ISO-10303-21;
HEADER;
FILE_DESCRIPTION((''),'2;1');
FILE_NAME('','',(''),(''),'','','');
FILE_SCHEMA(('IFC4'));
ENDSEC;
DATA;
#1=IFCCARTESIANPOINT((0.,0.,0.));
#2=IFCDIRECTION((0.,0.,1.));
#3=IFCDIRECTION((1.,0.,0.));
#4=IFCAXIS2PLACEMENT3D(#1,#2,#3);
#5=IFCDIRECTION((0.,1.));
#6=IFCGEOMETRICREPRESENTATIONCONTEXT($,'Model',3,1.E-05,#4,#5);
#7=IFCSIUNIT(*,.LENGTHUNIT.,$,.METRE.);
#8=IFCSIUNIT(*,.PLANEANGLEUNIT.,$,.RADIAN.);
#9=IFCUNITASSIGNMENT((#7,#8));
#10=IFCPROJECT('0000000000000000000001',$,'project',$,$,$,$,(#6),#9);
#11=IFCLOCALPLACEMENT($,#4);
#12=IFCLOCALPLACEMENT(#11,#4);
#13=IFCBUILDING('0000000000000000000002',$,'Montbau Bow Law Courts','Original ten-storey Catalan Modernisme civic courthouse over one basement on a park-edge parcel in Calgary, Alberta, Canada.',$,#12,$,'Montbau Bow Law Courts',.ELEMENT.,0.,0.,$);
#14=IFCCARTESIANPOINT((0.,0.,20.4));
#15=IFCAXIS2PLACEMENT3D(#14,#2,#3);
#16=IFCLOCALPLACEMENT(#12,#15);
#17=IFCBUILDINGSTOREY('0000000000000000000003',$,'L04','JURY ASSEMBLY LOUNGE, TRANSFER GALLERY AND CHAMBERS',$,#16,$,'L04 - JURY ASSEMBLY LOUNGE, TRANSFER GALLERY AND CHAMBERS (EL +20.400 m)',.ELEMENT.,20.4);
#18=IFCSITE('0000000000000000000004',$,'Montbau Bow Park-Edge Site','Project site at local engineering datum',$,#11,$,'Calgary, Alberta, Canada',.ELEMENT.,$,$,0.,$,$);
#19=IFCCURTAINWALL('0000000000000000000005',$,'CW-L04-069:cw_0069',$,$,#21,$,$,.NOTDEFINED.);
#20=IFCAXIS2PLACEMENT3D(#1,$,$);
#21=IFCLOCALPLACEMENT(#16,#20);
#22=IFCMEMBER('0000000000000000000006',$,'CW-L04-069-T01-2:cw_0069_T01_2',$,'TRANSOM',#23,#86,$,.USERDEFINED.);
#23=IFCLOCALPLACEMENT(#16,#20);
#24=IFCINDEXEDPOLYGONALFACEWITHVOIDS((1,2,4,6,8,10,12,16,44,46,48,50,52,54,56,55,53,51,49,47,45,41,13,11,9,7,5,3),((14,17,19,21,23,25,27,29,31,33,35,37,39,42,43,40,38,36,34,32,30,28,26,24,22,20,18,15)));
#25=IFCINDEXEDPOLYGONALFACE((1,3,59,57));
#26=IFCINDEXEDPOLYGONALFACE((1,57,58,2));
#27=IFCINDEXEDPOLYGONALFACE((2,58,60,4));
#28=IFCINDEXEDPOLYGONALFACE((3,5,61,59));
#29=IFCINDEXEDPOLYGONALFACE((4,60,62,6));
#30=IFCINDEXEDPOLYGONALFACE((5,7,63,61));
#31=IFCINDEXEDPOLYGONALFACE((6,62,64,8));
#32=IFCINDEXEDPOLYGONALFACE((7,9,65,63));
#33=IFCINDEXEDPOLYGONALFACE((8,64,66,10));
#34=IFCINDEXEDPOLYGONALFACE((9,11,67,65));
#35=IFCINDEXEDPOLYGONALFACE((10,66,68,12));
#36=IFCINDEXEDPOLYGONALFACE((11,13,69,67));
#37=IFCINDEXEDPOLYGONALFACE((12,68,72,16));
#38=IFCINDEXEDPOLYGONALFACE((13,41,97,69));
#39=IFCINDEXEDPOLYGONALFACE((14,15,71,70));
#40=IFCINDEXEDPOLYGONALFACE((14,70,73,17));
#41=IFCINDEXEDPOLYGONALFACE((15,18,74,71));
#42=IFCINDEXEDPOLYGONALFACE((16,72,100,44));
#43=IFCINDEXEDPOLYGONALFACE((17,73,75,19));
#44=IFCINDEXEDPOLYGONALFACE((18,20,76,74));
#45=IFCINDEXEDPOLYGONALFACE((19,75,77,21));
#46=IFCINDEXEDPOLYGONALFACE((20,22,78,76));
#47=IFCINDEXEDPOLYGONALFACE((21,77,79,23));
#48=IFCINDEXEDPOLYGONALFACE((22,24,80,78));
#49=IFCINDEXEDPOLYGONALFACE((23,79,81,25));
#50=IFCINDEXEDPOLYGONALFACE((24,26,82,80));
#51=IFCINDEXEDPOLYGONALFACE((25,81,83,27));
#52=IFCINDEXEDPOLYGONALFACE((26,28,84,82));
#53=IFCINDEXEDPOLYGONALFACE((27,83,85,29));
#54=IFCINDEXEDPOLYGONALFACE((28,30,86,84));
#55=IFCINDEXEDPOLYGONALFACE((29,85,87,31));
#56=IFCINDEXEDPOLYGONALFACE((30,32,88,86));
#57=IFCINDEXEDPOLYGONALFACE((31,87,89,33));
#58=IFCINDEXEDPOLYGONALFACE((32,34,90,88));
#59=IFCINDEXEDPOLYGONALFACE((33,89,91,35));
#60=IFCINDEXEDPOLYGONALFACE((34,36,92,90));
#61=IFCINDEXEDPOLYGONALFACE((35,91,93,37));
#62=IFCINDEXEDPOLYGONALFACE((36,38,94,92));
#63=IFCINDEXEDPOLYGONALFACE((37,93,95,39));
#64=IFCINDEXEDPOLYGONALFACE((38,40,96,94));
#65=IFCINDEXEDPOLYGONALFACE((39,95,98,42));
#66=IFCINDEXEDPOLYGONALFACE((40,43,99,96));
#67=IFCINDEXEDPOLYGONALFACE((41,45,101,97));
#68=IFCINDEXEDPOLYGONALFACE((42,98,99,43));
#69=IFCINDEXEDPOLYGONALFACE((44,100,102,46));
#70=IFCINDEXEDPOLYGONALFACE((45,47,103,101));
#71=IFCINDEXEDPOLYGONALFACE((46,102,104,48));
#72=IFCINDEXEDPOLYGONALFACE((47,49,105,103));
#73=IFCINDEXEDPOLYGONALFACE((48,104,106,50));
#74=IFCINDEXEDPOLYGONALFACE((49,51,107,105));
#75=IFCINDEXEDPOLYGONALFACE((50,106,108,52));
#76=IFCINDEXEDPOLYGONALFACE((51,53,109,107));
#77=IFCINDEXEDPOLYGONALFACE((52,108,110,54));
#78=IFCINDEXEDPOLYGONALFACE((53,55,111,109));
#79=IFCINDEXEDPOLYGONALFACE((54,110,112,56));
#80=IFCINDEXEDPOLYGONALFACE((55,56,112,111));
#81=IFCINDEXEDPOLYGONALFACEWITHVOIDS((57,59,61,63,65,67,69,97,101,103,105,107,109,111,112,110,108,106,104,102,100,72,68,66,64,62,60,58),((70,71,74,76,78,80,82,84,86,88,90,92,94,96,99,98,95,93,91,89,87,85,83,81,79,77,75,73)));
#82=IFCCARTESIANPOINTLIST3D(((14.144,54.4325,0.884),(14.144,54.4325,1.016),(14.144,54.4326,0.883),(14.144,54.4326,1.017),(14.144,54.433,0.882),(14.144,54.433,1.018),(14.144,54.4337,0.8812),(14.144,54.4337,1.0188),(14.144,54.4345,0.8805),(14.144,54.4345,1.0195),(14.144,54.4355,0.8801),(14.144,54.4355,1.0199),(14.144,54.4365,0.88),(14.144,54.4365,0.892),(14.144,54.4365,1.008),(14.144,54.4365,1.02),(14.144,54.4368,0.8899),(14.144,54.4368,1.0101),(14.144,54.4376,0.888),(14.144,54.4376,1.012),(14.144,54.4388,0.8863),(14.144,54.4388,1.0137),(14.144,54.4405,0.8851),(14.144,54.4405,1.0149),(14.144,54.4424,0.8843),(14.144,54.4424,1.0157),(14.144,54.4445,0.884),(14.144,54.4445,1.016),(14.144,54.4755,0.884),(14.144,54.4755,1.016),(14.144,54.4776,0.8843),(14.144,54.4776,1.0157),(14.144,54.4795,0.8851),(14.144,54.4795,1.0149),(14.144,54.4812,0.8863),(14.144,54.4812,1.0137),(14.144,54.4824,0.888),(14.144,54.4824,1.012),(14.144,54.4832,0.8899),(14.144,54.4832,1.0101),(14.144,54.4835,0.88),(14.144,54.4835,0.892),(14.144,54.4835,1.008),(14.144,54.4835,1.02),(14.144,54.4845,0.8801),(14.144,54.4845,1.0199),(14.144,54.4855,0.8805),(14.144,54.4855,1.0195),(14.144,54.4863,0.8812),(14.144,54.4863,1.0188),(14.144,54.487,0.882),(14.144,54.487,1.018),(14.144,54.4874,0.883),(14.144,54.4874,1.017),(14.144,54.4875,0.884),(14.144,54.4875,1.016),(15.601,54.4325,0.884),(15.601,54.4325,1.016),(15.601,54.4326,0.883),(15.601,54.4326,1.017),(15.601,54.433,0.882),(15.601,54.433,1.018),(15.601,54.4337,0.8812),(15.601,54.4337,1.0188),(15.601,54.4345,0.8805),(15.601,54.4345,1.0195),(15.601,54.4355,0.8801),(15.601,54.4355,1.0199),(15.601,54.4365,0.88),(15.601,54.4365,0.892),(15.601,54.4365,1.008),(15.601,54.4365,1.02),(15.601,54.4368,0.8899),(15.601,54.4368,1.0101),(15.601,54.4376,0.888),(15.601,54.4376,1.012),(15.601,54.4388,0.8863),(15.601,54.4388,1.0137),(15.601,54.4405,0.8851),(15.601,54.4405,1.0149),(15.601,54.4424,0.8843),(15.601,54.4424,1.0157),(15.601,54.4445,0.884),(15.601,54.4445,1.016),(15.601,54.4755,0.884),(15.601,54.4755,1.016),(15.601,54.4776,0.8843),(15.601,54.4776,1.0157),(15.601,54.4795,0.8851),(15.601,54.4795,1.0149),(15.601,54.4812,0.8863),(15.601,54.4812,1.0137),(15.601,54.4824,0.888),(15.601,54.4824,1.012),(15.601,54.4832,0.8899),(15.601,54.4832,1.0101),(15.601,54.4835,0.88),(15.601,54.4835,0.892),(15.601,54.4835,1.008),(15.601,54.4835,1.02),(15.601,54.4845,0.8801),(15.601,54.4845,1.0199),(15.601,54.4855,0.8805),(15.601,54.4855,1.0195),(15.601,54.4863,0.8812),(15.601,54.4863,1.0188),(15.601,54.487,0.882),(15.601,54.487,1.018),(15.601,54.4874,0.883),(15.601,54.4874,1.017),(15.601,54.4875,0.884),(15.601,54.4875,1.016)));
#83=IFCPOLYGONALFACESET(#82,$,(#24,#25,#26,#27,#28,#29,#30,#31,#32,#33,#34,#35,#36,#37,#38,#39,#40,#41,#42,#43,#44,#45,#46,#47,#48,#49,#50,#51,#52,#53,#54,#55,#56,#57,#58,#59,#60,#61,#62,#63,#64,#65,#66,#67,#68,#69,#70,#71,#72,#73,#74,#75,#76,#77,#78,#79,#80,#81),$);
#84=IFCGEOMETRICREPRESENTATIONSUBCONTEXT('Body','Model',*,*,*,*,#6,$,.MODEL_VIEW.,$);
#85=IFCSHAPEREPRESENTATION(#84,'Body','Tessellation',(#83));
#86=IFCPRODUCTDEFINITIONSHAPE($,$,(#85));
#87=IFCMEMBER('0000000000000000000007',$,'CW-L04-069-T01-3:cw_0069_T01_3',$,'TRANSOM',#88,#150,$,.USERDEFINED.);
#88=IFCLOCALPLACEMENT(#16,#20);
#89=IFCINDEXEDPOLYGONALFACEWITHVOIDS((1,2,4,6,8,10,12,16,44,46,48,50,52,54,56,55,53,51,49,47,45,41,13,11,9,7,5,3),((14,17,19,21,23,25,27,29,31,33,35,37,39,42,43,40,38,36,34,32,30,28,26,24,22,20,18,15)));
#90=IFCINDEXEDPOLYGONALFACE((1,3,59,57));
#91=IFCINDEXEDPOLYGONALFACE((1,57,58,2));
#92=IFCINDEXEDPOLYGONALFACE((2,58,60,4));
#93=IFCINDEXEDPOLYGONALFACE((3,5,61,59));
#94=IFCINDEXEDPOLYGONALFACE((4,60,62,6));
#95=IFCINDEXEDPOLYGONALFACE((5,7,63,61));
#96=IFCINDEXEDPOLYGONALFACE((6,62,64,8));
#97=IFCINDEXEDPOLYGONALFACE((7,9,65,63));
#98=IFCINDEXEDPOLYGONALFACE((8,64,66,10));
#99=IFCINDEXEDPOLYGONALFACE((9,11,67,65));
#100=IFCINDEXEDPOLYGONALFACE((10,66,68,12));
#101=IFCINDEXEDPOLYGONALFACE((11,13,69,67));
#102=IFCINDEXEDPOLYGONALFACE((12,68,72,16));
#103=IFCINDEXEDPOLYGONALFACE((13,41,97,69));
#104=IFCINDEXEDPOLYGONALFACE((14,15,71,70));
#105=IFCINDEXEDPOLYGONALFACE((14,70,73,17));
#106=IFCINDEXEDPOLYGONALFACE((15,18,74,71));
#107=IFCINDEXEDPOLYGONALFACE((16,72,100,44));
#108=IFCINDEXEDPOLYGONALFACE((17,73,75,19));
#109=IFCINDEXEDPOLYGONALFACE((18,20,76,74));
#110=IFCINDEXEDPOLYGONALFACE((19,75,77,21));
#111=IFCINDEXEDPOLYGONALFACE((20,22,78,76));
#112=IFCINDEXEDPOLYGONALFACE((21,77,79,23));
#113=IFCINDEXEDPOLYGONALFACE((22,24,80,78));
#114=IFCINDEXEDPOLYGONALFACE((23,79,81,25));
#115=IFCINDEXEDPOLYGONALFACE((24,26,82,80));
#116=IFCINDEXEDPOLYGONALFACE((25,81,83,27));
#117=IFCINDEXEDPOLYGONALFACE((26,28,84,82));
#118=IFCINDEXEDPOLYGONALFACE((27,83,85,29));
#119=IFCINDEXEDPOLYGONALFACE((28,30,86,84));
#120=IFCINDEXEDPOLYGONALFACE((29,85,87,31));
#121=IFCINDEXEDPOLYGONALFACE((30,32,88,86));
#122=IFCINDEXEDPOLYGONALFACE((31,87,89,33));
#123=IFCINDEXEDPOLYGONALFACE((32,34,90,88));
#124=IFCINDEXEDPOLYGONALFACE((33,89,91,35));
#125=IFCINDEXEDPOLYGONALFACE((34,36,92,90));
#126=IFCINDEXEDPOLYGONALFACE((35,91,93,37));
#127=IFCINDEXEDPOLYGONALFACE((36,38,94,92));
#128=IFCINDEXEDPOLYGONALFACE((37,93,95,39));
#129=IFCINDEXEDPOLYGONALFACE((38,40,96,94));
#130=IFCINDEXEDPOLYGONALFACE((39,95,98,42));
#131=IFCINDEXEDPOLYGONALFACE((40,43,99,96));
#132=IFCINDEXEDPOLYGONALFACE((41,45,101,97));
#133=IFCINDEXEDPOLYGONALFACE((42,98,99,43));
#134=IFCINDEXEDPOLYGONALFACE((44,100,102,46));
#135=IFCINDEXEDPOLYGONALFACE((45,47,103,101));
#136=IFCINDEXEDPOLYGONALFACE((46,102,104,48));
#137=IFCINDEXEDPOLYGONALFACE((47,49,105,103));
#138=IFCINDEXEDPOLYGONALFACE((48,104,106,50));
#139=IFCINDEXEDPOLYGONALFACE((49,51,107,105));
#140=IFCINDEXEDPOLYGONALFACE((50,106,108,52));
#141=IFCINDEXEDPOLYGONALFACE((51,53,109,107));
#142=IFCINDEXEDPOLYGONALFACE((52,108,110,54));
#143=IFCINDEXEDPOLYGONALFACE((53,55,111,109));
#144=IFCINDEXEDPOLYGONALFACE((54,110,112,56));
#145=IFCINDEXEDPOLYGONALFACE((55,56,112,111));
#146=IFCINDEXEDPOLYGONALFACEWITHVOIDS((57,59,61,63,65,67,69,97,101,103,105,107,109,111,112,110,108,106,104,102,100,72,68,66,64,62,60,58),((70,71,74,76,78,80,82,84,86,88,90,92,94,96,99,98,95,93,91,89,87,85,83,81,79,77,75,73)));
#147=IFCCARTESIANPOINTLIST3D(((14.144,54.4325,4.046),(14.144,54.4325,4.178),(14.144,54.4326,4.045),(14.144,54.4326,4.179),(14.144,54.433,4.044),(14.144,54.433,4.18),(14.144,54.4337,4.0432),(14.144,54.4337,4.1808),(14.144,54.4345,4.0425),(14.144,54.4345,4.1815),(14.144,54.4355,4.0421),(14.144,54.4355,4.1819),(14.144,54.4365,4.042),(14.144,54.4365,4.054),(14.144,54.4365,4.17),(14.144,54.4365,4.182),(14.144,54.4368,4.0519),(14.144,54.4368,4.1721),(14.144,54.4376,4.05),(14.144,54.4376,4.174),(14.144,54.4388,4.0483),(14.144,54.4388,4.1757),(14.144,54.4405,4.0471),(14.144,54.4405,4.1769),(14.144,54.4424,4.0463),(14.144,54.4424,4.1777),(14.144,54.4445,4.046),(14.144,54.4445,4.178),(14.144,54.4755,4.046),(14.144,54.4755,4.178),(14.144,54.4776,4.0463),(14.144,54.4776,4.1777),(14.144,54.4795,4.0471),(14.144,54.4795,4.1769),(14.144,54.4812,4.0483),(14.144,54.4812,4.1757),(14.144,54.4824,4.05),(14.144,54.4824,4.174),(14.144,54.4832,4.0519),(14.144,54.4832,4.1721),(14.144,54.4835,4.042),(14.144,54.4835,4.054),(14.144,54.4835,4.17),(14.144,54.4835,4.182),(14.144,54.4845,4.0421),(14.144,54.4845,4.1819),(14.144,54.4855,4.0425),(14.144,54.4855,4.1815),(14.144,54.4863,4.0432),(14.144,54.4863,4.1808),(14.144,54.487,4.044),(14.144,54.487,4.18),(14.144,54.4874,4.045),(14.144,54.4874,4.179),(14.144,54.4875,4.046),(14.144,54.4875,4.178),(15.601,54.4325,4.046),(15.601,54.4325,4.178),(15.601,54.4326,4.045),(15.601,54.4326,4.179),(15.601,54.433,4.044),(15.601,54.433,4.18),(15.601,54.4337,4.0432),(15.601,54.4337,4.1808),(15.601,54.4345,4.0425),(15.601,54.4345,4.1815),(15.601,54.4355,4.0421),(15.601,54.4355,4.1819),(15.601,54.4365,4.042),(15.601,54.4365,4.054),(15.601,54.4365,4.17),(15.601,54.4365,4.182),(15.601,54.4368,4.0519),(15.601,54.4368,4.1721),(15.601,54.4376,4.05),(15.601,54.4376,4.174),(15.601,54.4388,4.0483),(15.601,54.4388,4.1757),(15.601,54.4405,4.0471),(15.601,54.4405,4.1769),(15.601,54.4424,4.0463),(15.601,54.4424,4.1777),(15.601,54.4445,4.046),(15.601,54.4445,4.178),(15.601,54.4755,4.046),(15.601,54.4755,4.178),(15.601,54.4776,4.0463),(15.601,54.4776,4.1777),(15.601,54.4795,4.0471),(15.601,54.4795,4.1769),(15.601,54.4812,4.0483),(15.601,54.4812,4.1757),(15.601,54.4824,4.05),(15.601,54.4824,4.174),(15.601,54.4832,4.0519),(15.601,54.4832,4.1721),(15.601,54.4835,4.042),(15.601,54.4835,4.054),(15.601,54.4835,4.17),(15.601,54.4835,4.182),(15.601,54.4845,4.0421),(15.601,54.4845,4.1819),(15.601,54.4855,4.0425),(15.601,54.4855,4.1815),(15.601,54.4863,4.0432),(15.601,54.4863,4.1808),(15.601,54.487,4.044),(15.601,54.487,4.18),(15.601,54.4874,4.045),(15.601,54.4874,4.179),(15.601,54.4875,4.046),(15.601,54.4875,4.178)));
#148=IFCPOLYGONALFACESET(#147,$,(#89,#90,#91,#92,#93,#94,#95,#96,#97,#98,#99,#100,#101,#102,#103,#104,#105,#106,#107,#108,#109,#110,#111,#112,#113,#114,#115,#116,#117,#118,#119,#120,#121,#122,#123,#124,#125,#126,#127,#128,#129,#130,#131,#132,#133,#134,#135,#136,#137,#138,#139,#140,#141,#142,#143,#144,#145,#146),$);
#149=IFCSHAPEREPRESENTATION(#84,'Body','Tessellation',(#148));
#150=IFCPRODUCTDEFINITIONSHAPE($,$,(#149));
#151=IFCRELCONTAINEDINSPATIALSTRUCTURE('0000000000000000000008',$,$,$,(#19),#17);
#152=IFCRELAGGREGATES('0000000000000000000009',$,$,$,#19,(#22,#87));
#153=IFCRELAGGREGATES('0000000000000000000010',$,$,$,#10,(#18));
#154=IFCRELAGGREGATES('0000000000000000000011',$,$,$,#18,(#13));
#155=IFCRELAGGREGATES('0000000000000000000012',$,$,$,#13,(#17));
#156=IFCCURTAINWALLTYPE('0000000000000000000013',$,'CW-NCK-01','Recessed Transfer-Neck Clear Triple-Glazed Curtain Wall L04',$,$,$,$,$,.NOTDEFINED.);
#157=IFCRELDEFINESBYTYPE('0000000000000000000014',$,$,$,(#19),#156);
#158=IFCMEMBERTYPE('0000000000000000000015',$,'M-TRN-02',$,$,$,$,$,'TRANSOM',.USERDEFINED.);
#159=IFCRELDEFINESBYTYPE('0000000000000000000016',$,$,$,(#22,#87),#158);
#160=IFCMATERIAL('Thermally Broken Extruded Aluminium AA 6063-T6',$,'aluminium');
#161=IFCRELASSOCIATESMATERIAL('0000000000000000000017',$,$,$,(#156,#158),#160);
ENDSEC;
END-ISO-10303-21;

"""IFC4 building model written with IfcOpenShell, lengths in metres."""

from ifc_helpers import new_model, si_unit, direction, frame, origin_with_axes, origin_2d_with_axis, place, context, subcontext, project, spatial, hollow_rectangle, extrude, material, material_profile, profile_set, type_object, element, aggregate, save


model = new_model("IFC4")

# Units and contexts
model_context = context("Model", 3, precision=1e-05, world=origin_with_axes(), true_north=direction((0.0, 1.0)))
body_context = subcontext(model_context, "Body", "Model", "MODEL_VIEW")
ifc_project = project(units=[si_unit("LENGTHUNIT", "METRE"), si_unit("PLANEANGLEUNIT", "RADIAN")], contexts=[model_context])

# Site, building, storey
site_placement = place(None, origin_with_axes())
site = spatial("IfcSite", under=ifc_project, at=site_placement, Name="Montbau Bow Park-Edge Site", Description="Project site at local engineering datum", LongName="Calgary, Alberta, Canada", CompositionType="ELEMENT", RefElevation=0.0)
building_placement = place(site_placement, origin_with_axes())
building = spatial("IfcBuilding", under=site, at=building_placement, Name="Montbau Bow Law Courts", Description="Original ten-storey Catalan Modernisme civic courthouse over one basement on a park-edge parcel in Calgary, Alberta, Canada.", LongName="Montbau Bow Law Courts", CompositionType="ELEMENT", ElevationOfRefHeight=0.0, ElevationOfTerrain=0.0)
storey_placement = place(building_placement, frame((0.0, 0.0, 20.4), z_axis=(0.0, 0.0, 1.0), x_axis=(1.0, 0.0, 0.0)))
storey = spatial("IfcBuildingStorey", under=building, at=storey_placement, Name="L04", Description="JURY ASSEMBLY LOUNGE, TRANSFER GALLERY AND CHAMBERS", LongName="L04 - JURY ASSEMBLY LOUNGE, TRANSFER GALLERY AND CHAMBERS (EL +20.400 m)", CompositionType="ELEMENT", Elevation=20.4)

# Curtain wall
ifc_material_1 = material(Name="Thermally Broken Extruded Aluminium AA 6063-T6", Category="aluminium")
curtain_wall_type = type_object("IfcCurtainWallType", Name="CW-NCK-01", Description="Recessed Transfer-Neck Clear Triple-Glazed Curtain Wall L04", PredefinedType="NOTDEFINED", material=ifc_material_1)
curtain_wall_1_placement = place(None, frame((14.068, 54.46, 20.4), z_axis=(0.0, 0.0, 1.0), x_axis=(1.0, 0.0, 0.0)))
curtain_wall_1 = element("IfcCurtainWall", 1, at=curtain_wall_1_placement, inside=storey, type_object=curtain_wall_type, Name="CW-L04-069:cw_0069", PredefinedType="NOTDEFINED")

# Members
ifc_material_profile_1 = material_profile(ifc_material_1, hollow_rectangle(XDim=0.055, YDim=0.14, WallThickness=0.004, InnerFilletRadius=0.008, OuterFilletRadius=0.004, at=origin_2d_with_axis()), Name="CWT-140X55", Category="Main", Priority=0)
ifc_profile_set_1 = profile_set([ifc_material_profile_1], Name="Thermally Broken Extruded Aluminium AA 6063-T6")
member_type_1 = type_object("IfcMemberType", Name="M-TRN-02", ElementType="TRANSOM", PredefinedType="USERDEFINED", material=ifc_profile_set_1)
member_1_placement = place(None, frame((14.144, 54.46, 21.35), z_axis=(1.0, 0.0, 0.0), x_axis=(0.0, 1.0, 0.0)))
member_1 = element("IfcMember", 2, at=member_1_placement, type_object=member_type_1, Name="CW-L04-069-T01-2:cw_0069_T01_2", ObjectType="TRANSOM", PredefinedType="USERDEFINED", context=body_context, shape_type="SweptSolid", body=[
    extrude(hollow_rectangle(XDim=0.055, YDim=0.14, WallThickness=0.004, InnerFilletRadius=0.008, OuterFilletRadius=0.004, at=origin_2d_with_axis()), origin_with_axes(), (0.0, 0.0, 1.0), 1.457),
])
member_2_placement = place(None, frame((14.144, 54.46, 24.512), z_axis=(1.0, 0.0, 0.0), x_axis=(0.0, 1.0, 0.0)))
member_2 = element("IfcMember", 3, at=member_2_placement, type_object=member_type_1, Name="CW-L04-069-T01-3:cw_0069_T01_3", ObjectType="TRANSOM", PredefinedType="USERDEFINED", context=body_context, shape_type="SweptSolid", body=[
    extrude(hollow_rectangle(XDim=0.055, YDim=0.14, WallThickness=0.004, InnerFilletRadius=0.008, OuterFilletRadius=0.004, at=origin_2d_with_axis()), origin_with_axes(), (0.0, 0.0, 1.0), 1.457),
])

aggregate(curtain_wall_1, [member_1, member_2])

save(model, "model.ifc")
